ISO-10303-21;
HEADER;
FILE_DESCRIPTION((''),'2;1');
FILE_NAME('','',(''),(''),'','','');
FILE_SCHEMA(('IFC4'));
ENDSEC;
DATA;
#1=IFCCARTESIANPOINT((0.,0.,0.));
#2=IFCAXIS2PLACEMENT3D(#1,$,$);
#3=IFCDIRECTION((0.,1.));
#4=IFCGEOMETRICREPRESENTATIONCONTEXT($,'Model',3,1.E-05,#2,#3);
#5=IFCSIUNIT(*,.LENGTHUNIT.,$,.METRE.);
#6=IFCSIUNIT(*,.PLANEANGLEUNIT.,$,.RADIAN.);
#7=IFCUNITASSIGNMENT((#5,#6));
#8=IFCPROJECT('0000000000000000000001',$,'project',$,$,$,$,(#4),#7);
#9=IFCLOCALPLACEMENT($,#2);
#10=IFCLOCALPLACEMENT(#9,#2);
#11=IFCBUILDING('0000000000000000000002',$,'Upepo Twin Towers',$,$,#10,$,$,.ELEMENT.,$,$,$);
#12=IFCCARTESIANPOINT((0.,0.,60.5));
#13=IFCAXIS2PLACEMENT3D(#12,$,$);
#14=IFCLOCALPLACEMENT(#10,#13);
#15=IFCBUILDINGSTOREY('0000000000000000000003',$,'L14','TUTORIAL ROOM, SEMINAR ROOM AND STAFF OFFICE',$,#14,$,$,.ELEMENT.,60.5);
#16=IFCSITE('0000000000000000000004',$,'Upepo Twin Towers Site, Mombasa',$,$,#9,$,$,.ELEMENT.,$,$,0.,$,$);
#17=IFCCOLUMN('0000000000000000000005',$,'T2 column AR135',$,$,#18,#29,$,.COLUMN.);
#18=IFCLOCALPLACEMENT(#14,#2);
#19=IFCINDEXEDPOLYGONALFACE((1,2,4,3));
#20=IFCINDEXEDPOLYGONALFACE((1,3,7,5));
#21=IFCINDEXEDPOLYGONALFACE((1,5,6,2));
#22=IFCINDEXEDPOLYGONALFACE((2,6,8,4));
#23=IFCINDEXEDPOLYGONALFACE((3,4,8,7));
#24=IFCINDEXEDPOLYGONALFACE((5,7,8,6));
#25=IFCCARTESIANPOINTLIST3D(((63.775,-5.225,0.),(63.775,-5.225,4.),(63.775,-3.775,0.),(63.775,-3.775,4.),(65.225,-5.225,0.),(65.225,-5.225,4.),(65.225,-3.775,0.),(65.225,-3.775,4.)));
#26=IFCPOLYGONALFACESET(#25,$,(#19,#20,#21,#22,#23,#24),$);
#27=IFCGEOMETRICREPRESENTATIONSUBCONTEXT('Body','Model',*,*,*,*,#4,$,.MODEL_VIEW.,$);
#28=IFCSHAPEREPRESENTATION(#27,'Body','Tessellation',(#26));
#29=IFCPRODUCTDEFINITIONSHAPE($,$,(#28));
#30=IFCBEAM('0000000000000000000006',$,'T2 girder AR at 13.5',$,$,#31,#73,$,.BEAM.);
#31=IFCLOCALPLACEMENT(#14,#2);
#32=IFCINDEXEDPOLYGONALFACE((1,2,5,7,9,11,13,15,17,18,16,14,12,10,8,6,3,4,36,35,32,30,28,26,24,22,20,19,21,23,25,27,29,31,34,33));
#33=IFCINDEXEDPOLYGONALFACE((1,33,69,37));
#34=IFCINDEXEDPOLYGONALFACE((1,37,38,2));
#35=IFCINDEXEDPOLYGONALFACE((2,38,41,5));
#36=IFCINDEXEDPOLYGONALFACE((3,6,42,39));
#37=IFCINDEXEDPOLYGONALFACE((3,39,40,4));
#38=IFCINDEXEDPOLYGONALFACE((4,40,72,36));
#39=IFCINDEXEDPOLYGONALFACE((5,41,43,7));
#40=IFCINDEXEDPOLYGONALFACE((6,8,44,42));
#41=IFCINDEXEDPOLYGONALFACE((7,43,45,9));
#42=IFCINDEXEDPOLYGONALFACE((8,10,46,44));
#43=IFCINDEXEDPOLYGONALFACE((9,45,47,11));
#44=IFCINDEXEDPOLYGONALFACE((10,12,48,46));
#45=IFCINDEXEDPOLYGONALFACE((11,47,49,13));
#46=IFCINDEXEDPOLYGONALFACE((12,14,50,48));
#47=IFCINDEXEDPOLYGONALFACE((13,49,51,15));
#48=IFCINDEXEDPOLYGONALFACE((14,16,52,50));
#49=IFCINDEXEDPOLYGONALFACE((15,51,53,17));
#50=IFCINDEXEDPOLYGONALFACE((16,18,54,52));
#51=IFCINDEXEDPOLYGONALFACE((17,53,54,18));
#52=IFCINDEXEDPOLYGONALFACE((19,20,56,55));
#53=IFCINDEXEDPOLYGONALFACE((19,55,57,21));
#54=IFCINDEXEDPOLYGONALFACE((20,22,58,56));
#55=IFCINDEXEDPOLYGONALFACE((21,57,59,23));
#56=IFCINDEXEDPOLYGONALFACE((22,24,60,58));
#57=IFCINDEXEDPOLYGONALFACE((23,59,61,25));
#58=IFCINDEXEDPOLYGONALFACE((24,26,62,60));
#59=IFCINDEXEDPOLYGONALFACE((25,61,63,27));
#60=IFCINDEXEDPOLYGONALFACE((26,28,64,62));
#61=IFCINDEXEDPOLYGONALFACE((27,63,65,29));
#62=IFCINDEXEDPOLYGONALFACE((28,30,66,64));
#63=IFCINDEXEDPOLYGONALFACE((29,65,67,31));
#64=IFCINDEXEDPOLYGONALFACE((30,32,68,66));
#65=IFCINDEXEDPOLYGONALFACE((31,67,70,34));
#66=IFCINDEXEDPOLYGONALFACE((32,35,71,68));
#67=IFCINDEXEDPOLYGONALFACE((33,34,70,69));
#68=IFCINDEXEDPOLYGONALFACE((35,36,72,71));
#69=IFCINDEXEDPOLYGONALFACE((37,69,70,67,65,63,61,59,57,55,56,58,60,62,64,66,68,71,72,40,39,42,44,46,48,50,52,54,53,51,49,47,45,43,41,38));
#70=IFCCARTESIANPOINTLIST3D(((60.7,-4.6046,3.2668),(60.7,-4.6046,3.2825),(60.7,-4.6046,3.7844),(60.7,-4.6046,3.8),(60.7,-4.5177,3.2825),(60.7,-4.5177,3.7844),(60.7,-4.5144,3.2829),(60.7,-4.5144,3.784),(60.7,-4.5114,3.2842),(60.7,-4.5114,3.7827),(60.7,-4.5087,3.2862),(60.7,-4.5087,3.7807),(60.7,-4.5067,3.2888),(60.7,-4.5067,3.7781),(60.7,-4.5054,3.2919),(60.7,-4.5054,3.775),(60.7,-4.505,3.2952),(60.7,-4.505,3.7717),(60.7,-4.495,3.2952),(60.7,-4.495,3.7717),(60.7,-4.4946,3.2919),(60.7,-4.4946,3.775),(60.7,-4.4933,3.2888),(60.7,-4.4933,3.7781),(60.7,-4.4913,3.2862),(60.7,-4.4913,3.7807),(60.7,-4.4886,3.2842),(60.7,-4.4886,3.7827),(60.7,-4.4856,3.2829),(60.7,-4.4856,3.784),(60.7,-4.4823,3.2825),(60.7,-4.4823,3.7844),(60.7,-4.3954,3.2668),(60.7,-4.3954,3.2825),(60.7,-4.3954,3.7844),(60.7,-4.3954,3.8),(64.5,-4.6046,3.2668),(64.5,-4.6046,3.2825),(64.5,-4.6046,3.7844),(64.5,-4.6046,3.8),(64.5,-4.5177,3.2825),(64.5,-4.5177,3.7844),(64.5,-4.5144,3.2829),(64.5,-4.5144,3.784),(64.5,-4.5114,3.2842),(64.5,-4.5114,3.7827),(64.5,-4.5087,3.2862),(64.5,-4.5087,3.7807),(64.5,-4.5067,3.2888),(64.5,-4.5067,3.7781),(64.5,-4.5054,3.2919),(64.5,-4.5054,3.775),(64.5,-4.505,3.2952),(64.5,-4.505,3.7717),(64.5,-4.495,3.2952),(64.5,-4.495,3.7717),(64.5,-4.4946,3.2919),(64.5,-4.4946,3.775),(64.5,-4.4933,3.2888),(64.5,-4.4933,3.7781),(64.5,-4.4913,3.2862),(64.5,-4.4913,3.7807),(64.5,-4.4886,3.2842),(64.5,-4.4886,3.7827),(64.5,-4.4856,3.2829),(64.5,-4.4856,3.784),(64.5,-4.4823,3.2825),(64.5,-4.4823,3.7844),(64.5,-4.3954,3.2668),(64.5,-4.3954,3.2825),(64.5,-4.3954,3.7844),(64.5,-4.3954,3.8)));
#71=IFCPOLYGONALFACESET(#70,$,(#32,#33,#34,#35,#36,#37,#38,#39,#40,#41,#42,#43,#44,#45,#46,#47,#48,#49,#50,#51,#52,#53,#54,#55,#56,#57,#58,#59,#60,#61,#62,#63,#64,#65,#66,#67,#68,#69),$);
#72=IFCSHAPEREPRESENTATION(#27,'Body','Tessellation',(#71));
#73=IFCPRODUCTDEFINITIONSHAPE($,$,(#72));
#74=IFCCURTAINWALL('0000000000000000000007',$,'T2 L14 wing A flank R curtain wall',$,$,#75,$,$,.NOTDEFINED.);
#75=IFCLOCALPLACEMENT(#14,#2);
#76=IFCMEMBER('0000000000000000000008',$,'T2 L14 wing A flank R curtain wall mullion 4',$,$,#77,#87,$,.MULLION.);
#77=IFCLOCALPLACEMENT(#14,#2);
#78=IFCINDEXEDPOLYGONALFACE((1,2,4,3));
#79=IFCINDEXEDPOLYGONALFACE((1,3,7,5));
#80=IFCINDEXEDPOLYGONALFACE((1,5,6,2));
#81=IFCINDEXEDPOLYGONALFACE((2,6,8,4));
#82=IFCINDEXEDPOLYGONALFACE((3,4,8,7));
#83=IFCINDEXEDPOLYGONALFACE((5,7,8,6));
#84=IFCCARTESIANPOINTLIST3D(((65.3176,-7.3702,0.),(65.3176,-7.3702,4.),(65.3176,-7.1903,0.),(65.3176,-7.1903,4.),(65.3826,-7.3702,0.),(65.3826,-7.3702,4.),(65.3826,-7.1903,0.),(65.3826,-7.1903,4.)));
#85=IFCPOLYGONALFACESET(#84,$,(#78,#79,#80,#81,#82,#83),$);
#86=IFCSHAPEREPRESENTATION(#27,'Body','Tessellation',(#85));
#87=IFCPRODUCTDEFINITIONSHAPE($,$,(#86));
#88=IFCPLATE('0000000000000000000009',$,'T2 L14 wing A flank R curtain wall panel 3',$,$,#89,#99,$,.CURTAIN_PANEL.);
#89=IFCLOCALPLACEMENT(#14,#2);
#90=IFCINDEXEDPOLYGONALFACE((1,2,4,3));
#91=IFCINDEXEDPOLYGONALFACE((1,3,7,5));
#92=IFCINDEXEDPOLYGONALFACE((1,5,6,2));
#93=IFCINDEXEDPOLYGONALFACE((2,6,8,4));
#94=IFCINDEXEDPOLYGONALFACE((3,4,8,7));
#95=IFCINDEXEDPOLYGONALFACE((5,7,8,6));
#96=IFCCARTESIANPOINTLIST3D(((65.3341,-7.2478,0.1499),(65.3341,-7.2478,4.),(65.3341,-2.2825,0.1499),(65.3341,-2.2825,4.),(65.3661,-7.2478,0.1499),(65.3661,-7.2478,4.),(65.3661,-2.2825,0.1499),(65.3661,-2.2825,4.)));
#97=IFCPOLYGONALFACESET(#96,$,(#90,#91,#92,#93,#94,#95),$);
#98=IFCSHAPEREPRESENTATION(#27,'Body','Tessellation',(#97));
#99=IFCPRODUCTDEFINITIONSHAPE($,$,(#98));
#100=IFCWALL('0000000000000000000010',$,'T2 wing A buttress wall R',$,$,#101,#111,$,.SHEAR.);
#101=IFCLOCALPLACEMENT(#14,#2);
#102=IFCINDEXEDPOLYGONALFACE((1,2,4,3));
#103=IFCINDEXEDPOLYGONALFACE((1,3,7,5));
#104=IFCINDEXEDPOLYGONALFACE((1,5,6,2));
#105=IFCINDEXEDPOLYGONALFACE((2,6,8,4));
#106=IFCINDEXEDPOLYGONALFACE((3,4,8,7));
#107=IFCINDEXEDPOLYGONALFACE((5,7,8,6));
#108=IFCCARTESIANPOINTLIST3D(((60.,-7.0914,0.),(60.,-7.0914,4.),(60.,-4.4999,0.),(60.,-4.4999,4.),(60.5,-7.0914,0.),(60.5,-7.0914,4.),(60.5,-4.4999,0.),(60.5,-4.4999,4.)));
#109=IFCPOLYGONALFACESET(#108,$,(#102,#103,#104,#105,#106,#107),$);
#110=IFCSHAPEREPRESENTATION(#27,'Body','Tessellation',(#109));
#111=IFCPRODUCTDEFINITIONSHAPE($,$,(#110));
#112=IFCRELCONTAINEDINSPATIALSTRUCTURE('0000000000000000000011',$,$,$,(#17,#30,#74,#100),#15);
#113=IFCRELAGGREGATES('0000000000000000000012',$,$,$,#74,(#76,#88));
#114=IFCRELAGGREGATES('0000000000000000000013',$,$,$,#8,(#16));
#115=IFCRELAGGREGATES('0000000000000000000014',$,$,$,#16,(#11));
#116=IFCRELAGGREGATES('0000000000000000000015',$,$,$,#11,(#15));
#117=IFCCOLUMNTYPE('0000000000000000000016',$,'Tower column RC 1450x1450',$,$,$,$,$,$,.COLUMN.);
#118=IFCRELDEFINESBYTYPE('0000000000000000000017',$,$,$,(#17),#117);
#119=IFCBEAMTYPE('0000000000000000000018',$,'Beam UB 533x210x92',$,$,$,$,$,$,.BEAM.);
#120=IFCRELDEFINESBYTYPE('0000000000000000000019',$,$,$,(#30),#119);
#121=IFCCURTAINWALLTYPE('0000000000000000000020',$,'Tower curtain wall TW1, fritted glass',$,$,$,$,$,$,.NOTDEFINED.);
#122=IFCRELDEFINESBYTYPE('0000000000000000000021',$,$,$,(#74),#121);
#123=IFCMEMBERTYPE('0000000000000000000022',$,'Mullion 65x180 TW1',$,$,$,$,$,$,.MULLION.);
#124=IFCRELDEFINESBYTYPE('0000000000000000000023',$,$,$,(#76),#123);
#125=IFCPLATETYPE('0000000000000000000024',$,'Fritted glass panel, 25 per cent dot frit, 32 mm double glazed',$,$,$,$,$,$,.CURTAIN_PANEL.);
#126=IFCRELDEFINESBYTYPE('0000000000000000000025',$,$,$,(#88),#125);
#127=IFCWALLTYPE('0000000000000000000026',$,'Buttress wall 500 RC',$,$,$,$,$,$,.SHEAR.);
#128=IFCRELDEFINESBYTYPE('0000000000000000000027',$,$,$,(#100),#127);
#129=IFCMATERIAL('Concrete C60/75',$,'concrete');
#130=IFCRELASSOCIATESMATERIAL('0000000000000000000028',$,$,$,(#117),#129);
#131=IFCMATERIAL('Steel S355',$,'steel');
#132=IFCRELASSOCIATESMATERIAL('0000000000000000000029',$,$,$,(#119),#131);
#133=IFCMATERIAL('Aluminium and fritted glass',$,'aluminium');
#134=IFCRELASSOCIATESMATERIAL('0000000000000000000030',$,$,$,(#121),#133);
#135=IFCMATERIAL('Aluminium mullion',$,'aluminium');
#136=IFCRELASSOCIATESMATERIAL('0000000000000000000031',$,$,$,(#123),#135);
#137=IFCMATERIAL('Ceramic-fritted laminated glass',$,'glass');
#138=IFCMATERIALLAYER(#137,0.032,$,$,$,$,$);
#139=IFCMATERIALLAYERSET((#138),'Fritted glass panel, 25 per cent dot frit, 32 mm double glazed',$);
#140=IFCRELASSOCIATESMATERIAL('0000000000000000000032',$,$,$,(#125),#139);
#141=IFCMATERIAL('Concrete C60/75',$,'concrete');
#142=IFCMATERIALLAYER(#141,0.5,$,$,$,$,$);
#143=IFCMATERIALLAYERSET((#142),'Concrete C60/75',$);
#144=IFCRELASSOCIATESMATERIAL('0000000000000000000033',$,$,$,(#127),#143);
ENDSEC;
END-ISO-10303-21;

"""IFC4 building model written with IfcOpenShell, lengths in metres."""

from ifc_helpers import new_model, si_unit, direction, frame, frame_2d, origin, origin_2d, place, context, subcontext, project, spatial, rectangle, i_section, extrude, material, layer, layer_set, material_profile, profile_set, type_object, element, aggregate, save


model = new_model("IFC4")

# Units and contexts
model_context = context("Model", 3, precision=1e-05, world=origin(), true_north=direction((0.0, 1.0)))
body_context = subcontext(model_context, "Body", "Model", "MODEL_VIEW")
ifc_project = project(units=[si_unit("LENGTHUNIT", "METRE"), si_unit("PLANEANGLEUNIT", "RADIAN")], contexts=[model_context])

# Site, building, storey
site_placement = place(None, origin())
site = spatial("IfcSite", under=ifc_project, at=site_placement, Name="Upepo Twin Towers Site, Mombasa", CompositionType="ELEMENT", RefElevation=0.0)
building_placement = place(site_placement, origin())
building = spatial("IfcBuilding", under=site, at=building_placement, Name="Upepo Twin Towers", CompositionType="ELEMENT")
storey_placement = place(building_placement, frame((0.0, 0.0, 60.5)))
storey = spatial("IfcBuildingStorey", under=building, at=storey_placement, Name="L14", Description="TUTORIAL ROOM, SEMINAR ROOM AND STAFF OFFICE", CompositionType="ELEMENT", Elevation=60.5)

# Column
ifc_material_1 = material(Name="Concrete C60/75", Category="concrete")
ifc_material_profile_1 = material_profile(ifc_material_1, rectangle(XDim=1.45, YDim=1.45, at=origin_2d()), Name="RC 1450x1450")
ifc_profile_set_1 = profile_set([ifc_material_profile_1], Name="Concrete C60/75")
column_type = type_object("IfcColumnType", Name="Tower column RC 1450x1450", PredefinedType="COLUMN", material=ifc_profile_set_1)
column_placement = place(storey_placement, frame((64.5, -4.5, 0.0), z_axis=(0.0, 0.0, 1.0), x_axis=(1.0, 0.0, 0.0)))
element("IfcColumn", 1, at=column_placement, inside=storey, type_object=column_type, Name="T2 column AR135", PredefinedType="COLUMN", context=body_context, shape_type="SweptSolid", body=[
    extrude(rectangle(XDim=1.45, YDim=1.45, at=origin_2d()), origin(), (0.0, 0.0, 1.0), 4.0),
])

# Beam
ifc_material_2 = material(Name="Steel S355", Category="steel")
ifc_material_profile_2 = material_profile(ifc_material_2, i_section(OverallWidth=0.2092, OverallDepth=0.5332, WebThickness=0.01, FlangeThickness=0.0156, FilletRadius=0.0127, at=origin_2d()), Name="UB 533x210x92")
ifc_profile_set_2 = profile_set([ifc_material_profile_2], Name="Steel S355")
beam_type = type_object("IfcBeamType", Name="Beam UB 533x210x92", PredefinedType="BEAM", material=ifc_profile_set_2)
beam_placement = place(storey_placement, frame((64.5, -4.5, 3.5334), z_axis=(-1.0, 0.0, 0.0), x_axis=(0.0, -1.0, 0.0)))
element("IfcBeam", 2, at=beam_placement, inside=storey, type_object=beam_type, Name="T2 girder AR at 13.5", PredefinedType="BEAM", context=body_context, shape_type="SweptSolid", body=[
    extrude(i_section(OverallWidth=0.2092, OverallDepth=0.5332, WebThickness=0.01, FlangeThickness=0.0156, FilletRadius=0.0127, at=origin_2d()), origin(), (0.0, 0.0, 1.0), 3.8),
])

# Curtain wall, member, plate
ifc_material_3 = material(Name="Aluminium and fritted glass", Category="aluminium")
curtain_wall_type = type_object("IfcCurtainWallType", Name="Tower curtain wall TW1, fritted glass", PredefinedType="NOTDEFINED", material=ifc_material_3)
curtain_wall_placement = place(storey_placement, origin())
curtain_wall = element("IfcCurtainWall", 3, at=curtain_wall_placement, inside=storey, type_object=curtain_wall_type, Name="T2 L14 wing A flank R curtain wall", PredefinedType="NOTDEFINED")
ifc_material_4 = material(Name="Aluminium mullion", Category="aluminium")
ifc_material_profile_3 = material_profile(ifc_material_4, rectangle(XDim=0.0649, YDim=0.1799, at=origin_2d()), Name="MULLION 65x180")
ifc_profile_set_3 = profile_set([ifc_material_profile_3], Name="Aluminium mullion")
member_type = type_object("IfcMemberType", Name="Mullion 65x180 TW1", PredefinedType="MULLION", material=ifc_profile_set_3)
member_placement = place(storey_placement, frame((65.3501, -7.2803, 0.0), z_axis=(0.0, 0.0, 1.0), x_axis=(1.0, 0.0, 0.0)))
member = element("IfcMember", 4, at=member_placement, type_object=member_type, Name="T2 L14 wing A flank R curtain wall mullion 4", PredefinedType="MULLION", context=body_context, shape_type="SweptSolid", body=[
    extrude(rectangle(XDim=0.0649, YDim=0.1799, at=origin_2d()), origin(), (0.0, 0.0, 1.0), 4.0),
])
ifc_material_5 = material(Name="Ceramic-fritted laminated glass", Category="glass")
ifc_layer_1 = layer(ifc_material_5, 0.032)
ifc_layer_set_1 = layer_set([ifc_layer_1], Name="Fritted glass panel, 25 per cent dot frit, 32 mm double glazed")
plate_type = type_object("IfcPlateType", Name="Fritted glass panel, 25 per cent dot frit, 32 mm double glazed", PredefinedType="CURTAIN_PANEL", material=ifc_layer_set_1)
plate_placement = place(storey_placement, frame((65.3501, -4.7651, 0.1499), z_axis=(0.0, 0.0, 1.0), x_axis=(0.0, -1.0, 0.0)))
plate = element("IfcPlate", 5, at=plate_placement, type_object=plate_type, Name="T2 L14 wing A flank R curtain wall panel 3", PredefinedType="CURTAIN_PANEL", context=body_context, shape_type="SweptSolid", body=[
    extrude(rectangle(XDim=4.9653, YDim=0.032, at=origin_2d()), origin(), (0.0, 0.0, 1.0), 3.8501),
])
aggregate(curtain_wall, [member, plate])

# Wall
ifc_material_6 = material(Name="Concrete C60/75", Category="concrete")
ifc_layer_2 = layer(ifc_material_6, 0.5)
ifc_layer_set_2 = layer_set([ifc_layer_2], Name="Concrete C60/75")
wall_type_1 = type_object("IfcWallType", Name="Buttress wall 500 RC", PredefinedType="SHEAR", material=ifc_layer_set_2)
wall_1_placement = place(storey_placement, frame((60.25, -7.0916, 0.0), z_axis=(0.0, 0.0, 1.0), x_axis=(0.0, 1.0, 0.0)))
element("IfcWall", 6, at=wall_1_placement, inside=storey, type_object=wall_type_1, Name="T2 wing A buttress wall R", PredefinedType="SHEAR", context=body_context, shape_type="SweptSolid", body=[
    extrude(rectangle(XDim=2.5916, YDim=0.5, at=frame_2d((1.2959, 0.0))), origin(), (0.0, 0.0, 1.0), 4.0),
])

save(model, "model.ifc")
